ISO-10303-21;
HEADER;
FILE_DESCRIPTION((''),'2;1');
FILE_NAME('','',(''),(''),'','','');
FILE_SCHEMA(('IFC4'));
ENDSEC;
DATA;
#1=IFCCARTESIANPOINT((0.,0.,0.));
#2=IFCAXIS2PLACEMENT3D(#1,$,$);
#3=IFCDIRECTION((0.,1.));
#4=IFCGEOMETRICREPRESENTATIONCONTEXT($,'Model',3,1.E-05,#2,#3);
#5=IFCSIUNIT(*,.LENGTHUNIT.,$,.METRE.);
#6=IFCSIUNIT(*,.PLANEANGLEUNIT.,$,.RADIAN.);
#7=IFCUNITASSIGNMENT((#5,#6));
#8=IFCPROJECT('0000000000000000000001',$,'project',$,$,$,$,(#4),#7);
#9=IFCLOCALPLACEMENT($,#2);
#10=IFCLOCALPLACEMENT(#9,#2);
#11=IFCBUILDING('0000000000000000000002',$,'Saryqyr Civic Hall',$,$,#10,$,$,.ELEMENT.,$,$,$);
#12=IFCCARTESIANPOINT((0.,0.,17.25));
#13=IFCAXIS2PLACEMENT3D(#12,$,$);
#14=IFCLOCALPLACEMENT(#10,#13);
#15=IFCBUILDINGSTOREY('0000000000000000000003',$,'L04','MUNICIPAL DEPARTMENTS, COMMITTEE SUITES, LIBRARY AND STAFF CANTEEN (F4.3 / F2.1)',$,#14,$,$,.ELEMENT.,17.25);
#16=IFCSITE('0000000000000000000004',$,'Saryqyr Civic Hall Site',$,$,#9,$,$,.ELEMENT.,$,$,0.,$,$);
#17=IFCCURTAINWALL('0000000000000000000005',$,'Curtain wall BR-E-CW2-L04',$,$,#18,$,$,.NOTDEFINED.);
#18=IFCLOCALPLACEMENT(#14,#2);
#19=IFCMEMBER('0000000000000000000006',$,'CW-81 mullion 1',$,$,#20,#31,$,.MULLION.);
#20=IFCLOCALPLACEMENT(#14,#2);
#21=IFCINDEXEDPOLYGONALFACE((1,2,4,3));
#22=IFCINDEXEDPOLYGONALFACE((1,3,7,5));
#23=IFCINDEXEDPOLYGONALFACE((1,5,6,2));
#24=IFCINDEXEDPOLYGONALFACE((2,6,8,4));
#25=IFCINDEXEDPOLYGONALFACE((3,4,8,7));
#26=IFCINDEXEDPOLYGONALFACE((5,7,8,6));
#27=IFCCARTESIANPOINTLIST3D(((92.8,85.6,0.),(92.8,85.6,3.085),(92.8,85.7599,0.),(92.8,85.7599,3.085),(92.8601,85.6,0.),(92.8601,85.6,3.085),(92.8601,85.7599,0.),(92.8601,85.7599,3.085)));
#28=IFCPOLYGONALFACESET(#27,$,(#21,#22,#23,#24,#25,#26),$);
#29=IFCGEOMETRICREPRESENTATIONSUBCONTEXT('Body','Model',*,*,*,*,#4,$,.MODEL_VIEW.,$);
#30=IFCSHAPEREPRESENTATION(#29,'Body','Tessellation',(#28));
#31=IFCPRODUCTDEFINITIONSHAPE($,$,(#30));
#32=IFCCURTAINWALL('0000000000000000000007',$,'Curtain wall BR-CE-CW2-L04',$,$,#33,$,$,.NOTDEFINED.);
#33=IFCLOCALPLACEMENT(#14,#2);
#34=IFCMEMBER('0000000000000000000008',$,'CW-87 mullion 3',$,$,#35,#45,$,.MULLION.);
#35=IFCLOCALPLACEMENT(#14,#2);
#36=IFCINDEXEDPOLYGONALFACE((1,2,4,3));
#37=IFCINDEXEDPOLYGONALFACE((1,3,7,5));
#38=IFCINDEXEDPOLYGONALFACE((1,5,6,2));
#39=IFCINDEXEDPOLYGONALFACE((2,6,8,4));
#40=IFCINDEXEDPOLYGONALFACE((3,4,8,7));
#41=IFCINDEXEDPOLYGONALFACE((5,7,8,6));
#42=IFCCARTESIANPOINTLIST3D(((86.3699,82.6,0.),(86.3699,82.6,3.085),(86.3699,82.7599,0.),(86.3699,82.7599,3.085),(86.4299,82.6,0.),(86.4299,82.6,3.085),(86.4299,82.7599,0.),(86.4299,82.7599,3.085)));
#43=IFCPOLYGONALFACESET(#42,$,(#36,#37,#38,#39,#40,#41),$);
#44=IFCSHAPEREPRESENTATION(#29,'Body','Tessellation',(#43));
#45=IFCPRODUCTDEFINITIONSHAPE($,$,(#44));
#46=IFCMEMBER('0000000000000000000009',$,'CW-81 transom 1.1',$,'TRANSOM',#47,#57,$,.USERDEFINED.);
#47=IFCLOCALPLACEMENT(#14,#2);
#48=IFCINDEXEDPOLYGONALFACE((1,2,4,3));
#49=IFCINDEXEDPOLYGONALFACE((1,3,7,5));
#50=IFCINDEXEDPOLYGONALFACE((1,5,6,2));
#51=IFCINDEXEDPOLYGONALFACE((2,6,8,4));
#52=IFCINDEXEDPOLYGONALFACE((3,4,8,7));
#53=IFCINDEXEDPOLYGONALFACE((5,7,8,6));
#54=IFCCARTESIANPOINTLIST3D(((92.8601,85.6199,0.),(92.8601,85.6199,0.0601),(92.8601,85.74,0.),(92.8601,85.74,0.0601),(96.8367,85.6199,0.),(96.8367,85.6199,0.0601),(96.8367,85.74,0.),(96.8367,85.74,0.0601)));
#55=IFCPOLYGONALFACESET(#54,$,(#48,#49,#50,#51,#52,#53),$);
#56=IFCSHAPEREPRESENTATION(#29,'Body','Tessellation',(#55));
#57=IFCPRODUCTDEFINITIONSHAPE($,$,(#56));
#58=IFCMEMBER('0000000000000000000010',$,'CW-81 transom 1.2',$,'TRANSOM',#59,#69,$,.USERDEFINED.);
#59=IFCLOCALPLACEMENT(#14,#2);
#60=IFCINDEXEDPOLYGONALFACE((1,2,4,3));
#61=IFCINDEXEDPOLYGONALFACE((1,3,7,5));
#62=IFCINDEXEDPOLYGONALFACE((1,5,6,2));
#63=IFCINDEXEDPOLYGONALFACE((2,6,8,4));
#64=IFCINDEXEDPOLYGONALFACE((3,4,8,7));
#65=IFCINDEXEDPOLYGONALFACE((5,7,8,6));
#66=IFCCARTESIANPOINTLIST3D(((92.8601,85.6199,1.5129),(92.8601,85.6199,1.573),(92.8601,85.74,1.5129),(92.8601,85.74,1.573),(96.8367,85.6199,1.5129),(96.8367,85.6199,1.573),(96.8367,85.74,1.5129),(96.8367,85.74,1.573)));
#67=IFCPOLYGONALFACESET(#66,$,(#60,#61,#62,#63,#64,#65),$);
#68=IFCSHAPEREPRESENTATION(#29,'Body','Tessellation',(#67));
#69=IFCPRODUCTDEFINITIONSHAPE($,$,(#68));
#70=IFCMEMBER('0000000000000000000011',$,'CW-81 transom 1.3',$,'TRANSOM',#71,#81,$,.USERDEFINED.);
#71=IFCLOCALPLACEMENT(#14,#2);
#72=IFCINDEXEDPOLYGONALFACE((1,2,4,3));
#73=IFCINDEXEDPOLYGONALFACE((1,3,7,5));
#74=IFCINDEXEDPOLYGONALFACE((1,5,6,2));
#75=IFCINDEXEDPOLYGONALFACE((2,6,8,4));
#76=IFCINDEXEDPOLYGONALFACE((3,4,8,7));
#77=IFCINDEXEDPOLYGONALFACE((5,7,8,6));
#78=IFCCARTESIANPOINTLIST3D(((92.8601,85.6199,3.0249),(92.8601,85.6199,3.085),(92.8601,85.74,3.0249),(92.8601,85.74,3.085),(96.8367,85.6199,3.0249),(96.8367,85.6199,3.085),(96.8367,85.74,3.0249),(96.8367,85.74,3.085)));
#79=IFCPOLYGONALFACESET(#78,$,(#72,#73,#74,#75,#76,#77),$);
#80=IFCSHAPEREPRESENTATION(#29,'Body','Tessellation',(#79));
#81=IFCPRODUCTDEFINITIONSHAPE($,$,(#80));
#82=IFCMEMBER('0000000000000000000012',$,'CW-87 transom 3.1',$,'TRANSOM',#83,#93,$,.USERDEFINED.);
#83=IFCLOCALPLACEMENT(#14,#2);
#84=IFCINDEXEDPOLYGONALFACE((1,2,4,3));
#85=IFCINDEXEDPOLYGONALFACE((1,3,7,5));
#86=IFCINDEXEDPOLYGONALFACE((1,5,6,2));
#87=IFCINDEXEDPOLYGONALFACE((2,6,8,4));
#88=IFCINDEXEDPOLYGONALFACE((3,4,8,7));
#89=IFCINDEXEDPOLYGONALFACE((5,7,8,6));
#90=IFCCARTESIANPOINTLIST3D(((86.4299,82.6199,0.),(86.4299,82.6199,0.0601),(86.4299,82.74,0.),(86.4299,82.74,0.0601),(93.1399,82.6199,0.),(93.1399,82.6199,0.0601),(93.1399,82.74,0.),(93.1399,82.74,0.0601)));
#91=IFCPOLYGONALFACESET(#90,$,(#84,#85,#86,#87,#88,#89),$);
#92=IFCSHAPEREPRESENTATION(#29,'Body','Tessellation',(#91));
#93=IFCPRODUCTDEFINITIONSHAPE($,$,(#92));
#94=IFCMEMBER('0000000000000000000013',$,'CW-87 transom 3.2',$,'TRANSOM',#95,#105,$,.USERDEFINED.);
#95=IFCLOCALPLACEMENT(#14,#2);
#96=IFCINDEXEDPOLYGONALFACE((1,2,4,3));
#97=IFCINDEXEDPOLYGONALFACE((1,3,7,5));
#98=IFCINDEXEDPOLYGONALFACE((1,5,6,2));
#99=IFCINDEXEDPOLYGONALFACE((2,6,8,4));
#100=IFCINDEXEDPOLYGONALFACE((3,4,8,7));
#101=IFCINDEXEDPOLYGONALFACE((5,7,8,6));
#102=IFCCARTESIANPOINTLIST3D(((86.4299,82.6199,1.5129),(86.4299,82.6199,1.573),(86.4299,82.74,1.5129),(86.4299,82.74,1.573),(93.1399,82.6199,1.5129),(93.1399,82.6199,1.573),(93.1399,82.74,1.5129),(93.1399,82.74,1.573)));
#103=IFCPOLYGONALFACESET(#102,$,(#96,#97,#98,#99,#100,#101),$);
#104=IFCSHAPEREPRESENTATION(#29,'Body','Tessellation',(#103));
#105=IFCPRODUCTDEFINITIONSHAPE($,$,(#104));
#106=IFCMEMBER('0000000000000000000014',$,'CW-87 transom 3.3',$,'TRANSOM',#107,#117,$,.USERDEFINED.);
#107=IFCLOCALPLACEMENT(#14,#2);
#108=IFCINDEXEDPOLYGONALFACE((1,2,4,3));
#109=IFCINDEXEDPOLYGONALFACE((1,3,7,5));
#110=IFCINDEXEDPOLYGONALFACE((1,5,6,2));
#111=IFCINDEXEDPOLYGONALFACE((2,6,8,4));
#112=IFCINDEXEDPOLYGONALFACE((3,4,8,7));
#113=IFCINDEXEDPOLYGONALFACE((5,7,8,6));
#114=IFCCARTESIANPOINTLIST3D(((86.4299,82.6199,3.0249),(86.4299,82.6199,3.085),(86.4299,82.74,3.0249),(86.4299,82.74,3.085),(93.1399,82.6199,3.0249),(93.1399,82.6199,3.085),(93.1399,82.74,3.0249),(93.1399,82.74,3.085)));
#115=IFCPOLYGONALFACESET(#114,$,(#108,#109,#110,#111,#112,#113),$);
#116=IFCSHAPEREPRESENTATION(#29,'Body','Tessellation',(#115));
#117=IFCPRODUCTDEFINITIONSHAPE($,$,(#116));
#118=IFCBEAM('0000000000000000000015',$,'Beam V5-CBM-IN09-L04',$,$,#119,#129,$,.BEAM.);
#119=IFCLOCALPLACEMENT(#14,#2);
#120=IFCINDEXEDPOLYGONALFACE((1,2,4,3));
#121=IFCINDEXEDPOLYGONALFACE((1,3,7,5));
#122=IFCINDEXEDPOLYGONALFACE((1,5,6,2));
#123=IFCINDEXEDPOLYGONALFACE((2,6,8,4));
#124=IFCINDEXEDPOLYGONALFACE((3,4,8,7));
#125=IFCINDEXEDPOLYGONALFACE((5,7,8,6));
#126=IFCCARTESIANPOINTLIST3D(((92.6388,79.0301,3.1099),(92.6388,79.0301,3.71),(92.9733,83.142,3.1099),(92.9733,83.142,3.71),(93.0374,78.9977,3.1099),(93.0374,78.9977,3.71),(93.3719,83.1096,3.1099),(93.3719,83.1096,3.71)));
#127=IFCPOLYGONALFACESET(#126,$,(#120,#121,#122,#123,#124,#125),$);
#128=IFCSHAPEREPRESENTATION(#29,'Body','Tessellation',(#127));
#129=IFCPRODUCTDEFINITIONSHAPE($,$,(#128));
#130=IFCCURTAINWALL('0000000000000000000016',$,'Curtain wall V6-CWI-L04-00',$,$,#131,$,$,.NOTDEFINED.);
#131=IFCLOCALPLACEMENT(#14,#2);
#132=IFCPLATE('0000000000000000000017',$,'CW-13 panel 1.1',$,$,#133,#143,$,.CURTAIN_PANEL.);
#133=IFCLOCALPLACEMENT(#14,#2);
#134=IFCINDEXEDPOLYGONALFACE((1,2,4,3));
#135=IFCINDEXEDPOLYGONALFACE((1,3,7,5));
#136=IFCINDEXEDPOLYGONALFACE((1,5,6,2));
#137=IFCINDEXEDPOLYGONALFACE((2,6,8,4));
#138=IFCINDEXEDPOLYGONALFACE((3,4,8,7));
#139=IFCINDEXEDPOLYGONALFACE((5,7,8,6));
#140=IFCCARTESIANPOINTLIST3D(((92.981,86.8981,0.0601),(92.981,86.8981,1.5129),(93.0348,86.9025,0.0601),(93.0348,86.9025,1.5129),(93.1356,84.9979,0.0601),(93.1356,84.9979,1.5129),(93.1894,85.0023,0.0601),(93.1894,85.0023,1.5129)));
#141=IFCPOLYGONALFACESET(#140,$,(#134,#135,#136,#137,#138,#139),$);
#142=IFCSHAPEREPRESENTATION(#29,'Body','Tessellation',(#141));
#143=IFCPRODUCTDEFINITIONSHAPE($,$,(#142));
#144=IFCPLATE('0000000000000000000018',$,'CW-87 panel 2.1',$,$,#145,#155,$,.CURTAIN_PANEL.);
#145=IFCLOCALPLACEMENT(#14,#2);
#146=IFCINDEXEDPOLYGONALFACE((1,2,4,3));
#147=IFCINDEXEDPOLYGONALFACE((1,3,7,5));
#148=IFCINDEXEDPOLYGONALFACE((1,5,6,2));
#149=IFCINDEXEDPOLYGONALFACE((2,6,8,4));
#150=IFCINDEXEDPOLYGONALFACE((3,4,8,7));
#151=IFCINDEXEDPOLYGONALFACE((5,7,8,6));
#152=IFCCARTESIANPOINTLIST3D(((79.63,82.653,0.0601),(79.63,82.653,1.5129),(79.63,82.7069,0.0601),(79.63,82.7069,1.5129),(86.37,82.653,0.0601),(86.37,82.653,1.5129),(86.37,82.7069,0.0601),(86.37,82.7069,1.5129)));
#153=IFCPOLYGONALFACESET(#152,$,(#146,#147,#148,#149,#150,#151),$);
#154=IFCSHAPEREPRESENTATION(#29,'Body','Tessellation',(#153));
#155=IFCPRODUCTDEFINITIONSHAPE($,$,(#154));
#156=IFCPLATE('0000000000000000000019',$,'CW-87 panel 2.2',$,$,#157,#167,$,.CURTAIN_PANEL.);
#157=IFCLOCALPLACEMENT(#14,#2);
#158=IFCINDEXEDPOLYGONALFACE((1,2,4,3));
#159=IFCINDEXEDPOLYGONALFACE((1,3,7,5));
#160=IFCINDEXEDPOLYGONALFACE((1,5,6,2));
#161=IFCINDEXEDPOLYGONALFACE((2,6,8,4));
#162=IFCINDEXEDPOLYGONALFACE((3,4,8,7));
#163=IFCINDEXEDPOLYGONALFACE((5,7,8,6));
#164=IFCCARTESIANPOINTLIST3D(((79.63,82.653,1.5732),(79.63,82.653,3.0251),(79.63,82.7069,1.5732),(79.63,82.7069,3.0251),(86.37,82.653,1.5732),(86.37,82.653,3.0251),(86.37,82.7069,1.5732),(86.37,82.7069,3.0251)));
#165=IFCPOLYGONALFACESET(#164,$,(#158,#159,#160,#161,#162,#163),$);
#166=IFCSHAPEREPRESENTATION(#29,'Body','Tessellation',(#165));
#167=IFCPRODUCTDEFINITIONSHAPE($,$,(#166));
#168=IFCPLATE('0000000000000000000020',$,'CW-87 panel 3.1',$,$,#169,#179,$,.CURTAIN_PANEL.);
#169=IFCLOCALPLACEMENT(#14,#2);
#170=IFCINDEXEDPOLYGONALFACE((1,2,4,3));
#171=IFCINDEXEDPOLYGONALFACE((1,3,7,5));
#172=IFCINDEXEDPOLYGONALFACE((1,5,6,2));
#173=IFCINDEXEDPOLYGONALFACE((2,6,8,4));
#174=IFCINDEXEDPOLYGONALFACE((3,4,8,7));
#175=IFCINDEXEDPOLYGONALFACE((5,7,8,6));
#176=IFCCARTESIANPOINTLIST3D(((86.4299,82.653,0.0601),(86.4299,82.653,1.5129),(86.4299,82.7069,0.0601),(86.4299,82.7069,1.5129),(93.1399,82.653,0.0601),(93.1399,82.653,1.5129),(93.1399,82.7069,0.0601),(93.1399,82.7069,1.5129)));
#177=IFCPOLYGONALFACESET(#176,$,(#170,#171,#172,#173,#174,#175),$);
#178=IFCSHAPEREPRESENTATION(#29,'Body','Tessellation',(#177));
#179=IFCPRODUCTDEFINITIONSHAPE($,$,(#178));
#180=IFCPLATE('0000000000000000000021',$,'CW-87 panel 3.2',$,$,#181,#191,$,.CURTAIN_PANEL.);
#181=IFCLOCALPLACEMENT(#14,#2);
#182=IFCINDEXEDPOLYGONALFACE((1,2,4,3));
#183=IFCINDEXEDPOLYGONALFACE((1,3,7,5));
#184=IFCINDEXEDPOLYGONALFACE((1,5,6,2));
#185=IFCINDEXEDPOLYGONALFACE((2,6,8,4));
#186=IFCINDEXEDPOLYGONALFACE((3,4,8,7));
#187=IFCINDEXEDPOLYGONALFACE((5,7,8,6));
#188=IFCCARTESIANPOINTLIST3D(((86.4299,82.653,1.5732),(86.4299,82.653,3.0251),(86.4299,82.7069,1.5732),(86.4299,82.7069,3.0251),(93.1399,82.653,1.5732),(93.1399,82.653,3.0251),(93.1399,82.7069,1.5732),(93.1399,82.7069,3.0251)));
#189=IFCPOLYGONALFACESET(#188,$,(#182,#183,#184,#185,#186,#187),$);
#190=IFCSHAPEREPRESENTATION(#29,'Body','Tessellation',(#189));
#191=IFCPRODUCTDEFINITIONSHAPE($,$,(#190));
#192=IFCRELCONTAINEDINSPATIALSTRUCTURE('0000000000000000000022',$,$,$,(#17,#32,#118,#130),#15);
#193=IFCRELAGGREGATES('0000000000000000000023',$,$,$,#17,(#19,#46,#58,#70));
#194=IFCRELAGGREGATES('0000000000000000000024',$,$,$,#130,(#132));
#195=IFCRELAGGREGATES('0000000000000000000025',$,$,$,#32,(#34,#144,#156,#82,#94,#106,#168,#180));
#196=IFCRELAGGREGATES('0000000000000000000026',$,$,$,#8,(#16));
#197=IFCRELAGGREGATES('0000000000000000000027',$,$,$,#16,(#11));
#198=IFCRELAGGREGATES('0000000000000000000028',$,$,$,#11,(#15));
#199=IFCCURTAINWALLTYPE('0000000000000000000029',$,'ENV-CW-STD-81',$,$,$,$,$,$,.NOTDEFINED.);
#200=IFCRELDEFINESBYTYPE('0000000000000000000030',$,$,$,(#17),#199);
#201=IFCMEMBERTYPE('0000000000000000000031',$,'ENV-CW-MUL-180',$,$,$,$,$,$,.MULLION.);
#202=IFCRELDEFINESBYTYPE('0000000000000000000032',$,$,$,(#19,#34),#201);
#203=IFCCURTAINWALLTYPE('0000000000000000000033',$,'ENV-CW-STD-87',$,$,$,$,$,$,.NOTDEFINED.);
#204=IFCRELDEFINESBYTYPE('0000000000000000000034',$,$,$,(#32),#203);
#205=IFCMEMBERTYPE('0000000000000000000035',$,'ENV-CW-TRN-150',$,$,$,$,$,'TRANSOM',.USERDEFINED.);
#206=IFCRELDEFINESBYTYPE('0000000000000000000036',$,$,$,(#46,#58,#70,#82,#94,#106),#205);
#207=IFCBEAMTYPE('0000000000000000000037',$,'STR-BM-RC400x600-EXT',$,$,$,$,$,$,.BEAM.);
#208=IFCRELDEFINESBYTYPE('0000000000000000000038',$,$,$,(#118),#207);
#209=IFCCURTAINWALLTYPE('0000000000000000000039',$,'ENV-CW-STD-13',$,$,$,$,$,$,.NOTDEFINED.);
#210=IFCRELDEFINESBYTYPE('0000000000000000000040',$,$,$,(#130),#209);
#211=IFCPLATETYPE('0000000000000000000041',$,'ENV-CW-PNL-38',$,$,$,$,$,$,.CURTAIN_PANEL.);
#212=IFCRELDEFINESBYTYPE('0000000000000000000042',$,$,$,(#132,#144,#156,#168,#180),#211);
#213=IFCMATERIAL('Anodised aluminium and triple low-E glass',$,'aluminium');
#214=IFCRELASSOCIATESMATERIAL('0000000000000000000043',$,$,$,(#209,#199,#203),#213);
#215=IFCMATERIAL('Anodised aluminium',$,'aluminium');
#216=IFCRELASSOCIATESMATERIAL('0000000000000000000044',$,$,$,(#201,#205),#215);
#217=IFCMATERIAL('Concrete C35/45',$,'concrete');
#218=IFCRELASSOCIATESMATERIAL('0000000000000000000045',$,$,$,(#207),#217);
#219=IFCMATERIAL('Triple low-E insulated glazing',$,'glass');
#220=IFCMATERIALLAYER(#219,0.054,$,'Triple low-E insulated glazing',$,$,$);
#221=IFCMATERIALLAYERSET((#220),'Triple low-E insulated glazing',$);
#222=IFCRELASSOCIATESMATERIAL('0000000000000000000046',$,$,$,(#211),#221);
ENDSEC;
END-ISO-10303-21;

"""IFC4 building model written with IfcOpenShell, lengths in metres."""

from ifc_helpers import new_model, si_unit, direction, frame, origin, origin_2d, place, context, subcontext, project, spatial, rectangle, extrude, material, layer, layer_set, material_profile, profile_set, type_object, element, aggregate, save


model = new_model("IFC4")

# Units and contexts
model_context = context("Model", 3, precision=1e-05, world=origin(), true_north=direction((0.0, 1.0)))
body_context = subcontext(model_context, "Body", "Model", "MODEL_VIEW")
ifc_project = project(units=[si_unit("LENGTHUNIT", "METRE"), si_unit("PLANEANGLEUNIT", "RADIAN")], contexts=[model_context])

# Site, building, storey
site_placement = place(None, origin())
site = spatial("IfcSite", under=ifc_project, at=site_placement, Name="Saryqyr Civic Hall Site", CompositionType="ELEMENT", RefElevation=0.0)
building_placement = place(site_placement, origin())
building = spatial("IfcBuilding", under=site, at=building_placement, Name="Saryqyr Civic Hall", CompositionType="ELEMENT")
storey_placement = place(building_placement, frame((0.0, 0.0, 17.25)))
storey = spatial("IfcBuildingStorey", under=building, at=storey_placement, Name="L04", Description="MUNICIPAL DEPARTMENTS, COMMITTEE SUITES, LIBRARY AND STAFF CANTEEN (F4.3 / F2.1)", CompositionType="ELEMENT", Elevation=17.25)

# Curtain walls, members
ifc_material_1 = material(Name="Anodised aluminium and triple low-E glass", Category="aluminium")
curtain_wall_type_1 = type_object("IfcCurtainWallType", Name="ENV-CW-STD-13", PredefinedType="NOTDEFINED", material=ifc_material_1)
ifc_material_2 = material(Name="Anodised aluminium", Category="aluminium")
ifc_material_profile_1 = material_profile(ifc_material_2, rectangle(XDim=0.0601, YDim=0.1599, at=origin_2d()), Name="ALU MULLION 60x160")
ifc_profile_set_1 = profile_set([ifc_material_profile_1], Name="Anodised aluminium")
member_type_1 = type_object("IfcMemberType", Name="ENV-CW-MUL-180", PredefinedType="MULLION", material=ifc_profile_set_1)
curtain_wall_type_2 = type_object("IfcCurtainWallType", Name="ENV-CW-STD-81", PredefinedType="NOTDEFINED", material=ifc_material_1)
curtain_wall_1_placement = place(storey_placement, origin())
curtain_wall_1 = element("IfcCurtainWall", 1, at=curtain_wall_1_placement, inside=storey, type_object=curtain_wall_type_2, Name="Curtain wall BR-E-CW2-L04", PredefinedType="NOTDEFINED")
member_1_placement = place(storey_placement, frame((92.8301, 85.6799, 0.0), z_axis=(0.0, 0.0, 1.0), x_axis=(1.0, 0.0, 0.0)))
member_1 = element("IfcMember", 2, at=member_1_placement, type_object=member_type_1, Name="CW-81 mullion 1", PredefinedType="MULLION", context=body_context, shape_type="SweptSolid", body=[
    extrude(rectangle(XDim=0.0601, YDim=0.1599, at=origin_2d()), origin(), (0.0, 0.0, 1.0), 3.085),
])
curtain_wall_type_3 = type_object("IfcCurtainWallType", Name="ENV-CW-STD-87", PredefinedType="NOTDEFINED", material=ifc_material_1)
curtain_wall_2_placement = place(storey_placement, origin())
curtain_wall_2 = element("IfcCurtainWall", 3, at=curtain_wall_2_placement, inside=storey, type_object=curtain_wall_type_3, Name="Curtain wall BR-CE-CW2-L04", PredefinedType="NOTDEFINED")
member_2_placement = place(storey_placement, frame((86.3999, 82.6799, 0.0), z_axis=(0.0, 0.0, 1.0), x_axis=(1.0, 0.0, 0.0)))
member_2 = element("IfcMember", 4, at=member_2_placement, type_object=member_type_1, Name="CW-87 mullion 3", PredefinedType="MULLION", context=body_context, shape_type="SweptSolid", body=[
    extrude(rectangle(XDim=0.0601, YDim=0.1599, at=origin_2d()), origin(), (0.0, 0.0, 1.0), 3.085),
])

# Members
ifc_material_profile_2 = material_profile(ifc_material_2, rectangle(XDim=0.1201, YDim=0.0601, at=origin_2d()), Name="ALU TRANSOM 120x60")
ifc_profile_set_2 = profile_set([ifc_material_profile_2], Name="Anodised aluminium")
member_type_2 = type_object("IfcMemberType", Name="ENV-CW-TRN-150", ElementType="TRANSOM", PredefinedType="USERDEFINED", material=ifc_profile_set_2)
member_3_placement = place(storey_placement, frame((92.8601, 85.6799, 0.03), z_axis=(1.0, 0.0, 0.0), x_axis=(0.0, 1.0, 0.0)))
member_3 = element("IfcMember", 5, at=member_3_placement, type_object=member_type_2, Name="CW-81 transom 1.1", ObjectType="TRANSOM", PredefinedType="USERDEFINED", context=body_context, shape_type="SweptSolid", body=[
    extrude(rectangle(XDim=0.1201, YDim=0.0601, at=origin_2d()), origin(), (0.0, 0.0, 1.0), 3.9766),
])
member_4_placement = place(storey_placement, frame((92.8601, 85.6799, 1.543), z_axis=(1.0, 0.0, 0.0), x_axis=(0.0, 1.0, 0.0)))
member_4 = element("IfcMember", 6, at=member_4_placement, type_object=member_type_2, Name="CW-81 transom 1.2", ObjectType="TRANSOM", PredefinedType="USERDEFINED", context=body_context, shape_type="SweptSolid", body=[
    extrude(rectangle(XDim=0.1201, YDim=0.0601, at=origin_2d()), origin(), (0.0, 0.0, 1.0), 3.9766),
])
member_5_placement = place(storey_placement, frame((92.8601, 85.6799, 3.0549), z_axis=(1.0, 0.0, 0.0), x_axis=(0.0, 1.0, 0.0)))
member_5 = element("IfcMember", 7, at=member_5_placement, type_object=member_type_2, Name="CW-81 transom 1.3", ObjectType="TRANSOM", PredefinedType="USERDEFINED", context=body_context, shape_type="SweptSolid", body=[
    extrude(rectangle(XDim=0.1201, YDim=0.0601, at=origin_2d()), origin(), (0.0, 0.0, 1.0), 3.9766),
])
aggregate(curtain_wall_1, [member_1, member_3, member_4, member_5])
member_6_placement = place(storey_placement, frame((86.4299, 82.6799, 0.03), z_axis=(1.0, 0.0, 0.0), x_axis=(0.0, 1.0, 0.0)))
member_6 = element("IfcMember", 8, at=member_6_placement, type_object=member_type_2, Name="CW-87 transom 3.1", ObjectType="TRANSOM", PredefinedType="USERDEFINED", context=body_context, shape_type="SweptSolid", body=[
    extrude(rectangle(XDim=0.1201, YDim=0.0601, at=origin_2d()), origin(), (0.0, 0.0, 1.0), 6.71),
])
member_7_placement = place(storey_placement, frame((86.4299, 82.6799, 1.543), z_axis=(1.0, 0.0, 0.0), x_axis=(0.0, 1.0, 0.0)))
member_7 = element("IfcMember", 9, at=member_7_placement, type_object=member_type_2, Name="CW-87 transom 3.2", ObjectType="TRANSOM", PredefinedType="USERDEFINED", context=body_context, shape_type="SweptSolid", body=[
    extrude(rectangle(XDim=0.1201, YDim=0.0601, at=origin_2d()), origin(), (0.0, 0.0, 1.0), 6.71),
])
member_8_placement = place(storey_placement, frame((86.4299, 82.6799, 3.0549), z_axis=(1.0, 0.0, 0.0), x_axis=(0.0, 1.0, 0.0)))
member_8 = element("IfcMember", 10, at=member_8_placement, type_object=member_type_2, Name="CW-87 transom 3.3", ObjectType="TRANSOM", PredefinedType="USERDEFINED", context=body_context, shape_type="SweptSolid", body=[
    extrude(rectangle(XDim=0.1201, YDim=0.0601, at=origin_2d()), origin(), (0.0, 0.0, 1.0), 6.71),
])

# Beam
ifc_material_3 = material(Name="Concrete C35/45", Category="concrete")
ifc_material_profile_3 = material_profile(ifc_material_3, rectangle(XDim=0.3999, YDim=0.6001, at=origin_2d()), Name="RC 400x600")
ifc_profile_set_3 = profile_set([ifc_material_profile_3], Name="Concrete C35/45")
beam_type = type_object("IfcBeamType", Name="STR-BM-RC400x600-EXT", PredefinedType="BEAM", material=ifc_profile_set_3)
beam_placement = place(storey_placement, frame((92.8381, 79.0139, 3.4099), z_axis=(0.081076, 0.996708, 0.0), x_axis=(-0.996708, 0.081076, 0.0)))
element("IfcBeam", 11, at=beam_placement, inside=storey, type_object=beam_type, Name="Beam V5-CBM-IN09-L04", PredefinedType="BEAM", context=body_context, shape_type="SweptSolid", body=[
    extrude(rectangle(XDim=0.3999, YDim=0.6001, at=origin_2d()), origin(), (0.0, 0.0, 1.0), 4.1255),
])

# Curtain wall, plate
curtain_wall_3_placement = place(storey_placement, origin())
curtain_wall_3 = element("IfcCurtainWall", 12, at=curtain_wall_3_placement, inside=storey, type_object=curtain_wall_type_1, Name="Curtain wall V6-CWI-L04-00", PredefinedType="NOTDEFINED")
ifc_material_4 = material(Name="Triple low-E insulated glazing", Category="glass")
ifc_layer_1 = layer(ifc_material_4, 0.054, Name="Triple low-E insulated glazing")
ifc_layer_set_1 = layer_set([ifc_layer_1], Name="Triple low-E insulated glazing")
plate_type = type_object("IfcPlateType", Name="ENV-CW-PNL-38", PredefinedType="CURTAIN_PANEL", material=ifc_layer_set_1)
plate_1_placement = place(storey_placement, frame((93.0852, 85.9502, 0.0601), z_axis=(0.0, 0.0, 1.0), x_axis=(-0.081091, 0.996707, 0.0)))
plate_1 = element("IfcPlate", 13, at=plate_1_placement, type_object=plate_type, Name="CW-13 panel 1.1", PredefinedType="CURTAIN_PANEL", context=body_context, shape_type="SweptSolid", body=[
    extrude(rectangle(XDim=1.9065, YDim=0.054, at=origin_2d()), origin(), (0.0, 0.0, 1.0), 1.4529),
])
aggregate(curtain_wall_3, [plate_1])

# Plates
plate_2_placement = place(storey_placement, frame((83.0, 82.6799, 0.0601), z_axis=(0.0, 0.0, 1.0), x_axis=(1.0, 0.0, 0.0)))
plate_2 = element("IfcPlate", 14, at=plate_2_placement, type_object=plate_type, Name="CW-87 panel 2.1", PredefinedType="CURTAIN_PANEL", context=body_context, shape_type="SweptSolid", body=[
    extrude(rectangle(XDim=6.74, YDim=0.054, at=origin_2d()), origin(), (0.0, 0.0, 1.0), 1.4529),
])
plate_3_placement = place(storey_placement, frame((83.0, 82.6799, 1.5732), z_axis=(0.0, 0.0, 1.0), x_axis=(1.0, 0.0, 0.0)))
plate_3 = element("IfcPlate", 15, at=plate_3_placement, type_object=plate_type, Name="CW-87 panel 2.2", PredefinedType="CURTAIN_PANEL", context=body_context, shape_type="SweptSolid", body=[
    extrude(rectangle(XDim=6.74, YDim=0.054, at=origin_2d()), origin(), (0.0, 0.0, 1.0), 1.4519),
])
plate_4_placement = place(storey_placement, frame((89.7849, 82.6799, 0.0601), z_axis=(0.0, 0.0, 1.0), x_axis=(1.0, 0.0, 0.0)))
plate_4 = element("IfcPlate", 16, at=plate_4_placement, type_object=plate_type, Name="CW-87 panel 3.1", PredefinedType="CURTAIN_PANEL", context=body_context, shape_type="SweptSolid", body=[
    extrude(rectangle(XDim=6.71, YDim=0.054, at=origin_2d()), origin(), (0.0, 0.0, 1.0), 1.4529),
])
plate_5_placement = place(storey_placement, frame((89.7849, 82.6799, 1.5732), z_axis=(0.0, 0.0, 1.0), x_axis=(1.0, 0.0, 0.0)))
plate_5 = element("IfcPlate", 17, at=plate_5_placement, type_object=plate_type, Name="CW-87 panel 3.2", PredefinedType="CURTAIN_PANEL", context=body_context, shape_type="SweptSolid", body=[
    extrude(rectangle(XDim=6.71, YDim=0.054, at=origin_2d()), origin(), (0.0, 0.0, 1.0), 1.4519),
])
aggregate(curtain_wall_2, [member_2, plate_2, plate_3, member_6, member_7, member_8, plate_4, plate_5])

save(model, "model.ifc")
